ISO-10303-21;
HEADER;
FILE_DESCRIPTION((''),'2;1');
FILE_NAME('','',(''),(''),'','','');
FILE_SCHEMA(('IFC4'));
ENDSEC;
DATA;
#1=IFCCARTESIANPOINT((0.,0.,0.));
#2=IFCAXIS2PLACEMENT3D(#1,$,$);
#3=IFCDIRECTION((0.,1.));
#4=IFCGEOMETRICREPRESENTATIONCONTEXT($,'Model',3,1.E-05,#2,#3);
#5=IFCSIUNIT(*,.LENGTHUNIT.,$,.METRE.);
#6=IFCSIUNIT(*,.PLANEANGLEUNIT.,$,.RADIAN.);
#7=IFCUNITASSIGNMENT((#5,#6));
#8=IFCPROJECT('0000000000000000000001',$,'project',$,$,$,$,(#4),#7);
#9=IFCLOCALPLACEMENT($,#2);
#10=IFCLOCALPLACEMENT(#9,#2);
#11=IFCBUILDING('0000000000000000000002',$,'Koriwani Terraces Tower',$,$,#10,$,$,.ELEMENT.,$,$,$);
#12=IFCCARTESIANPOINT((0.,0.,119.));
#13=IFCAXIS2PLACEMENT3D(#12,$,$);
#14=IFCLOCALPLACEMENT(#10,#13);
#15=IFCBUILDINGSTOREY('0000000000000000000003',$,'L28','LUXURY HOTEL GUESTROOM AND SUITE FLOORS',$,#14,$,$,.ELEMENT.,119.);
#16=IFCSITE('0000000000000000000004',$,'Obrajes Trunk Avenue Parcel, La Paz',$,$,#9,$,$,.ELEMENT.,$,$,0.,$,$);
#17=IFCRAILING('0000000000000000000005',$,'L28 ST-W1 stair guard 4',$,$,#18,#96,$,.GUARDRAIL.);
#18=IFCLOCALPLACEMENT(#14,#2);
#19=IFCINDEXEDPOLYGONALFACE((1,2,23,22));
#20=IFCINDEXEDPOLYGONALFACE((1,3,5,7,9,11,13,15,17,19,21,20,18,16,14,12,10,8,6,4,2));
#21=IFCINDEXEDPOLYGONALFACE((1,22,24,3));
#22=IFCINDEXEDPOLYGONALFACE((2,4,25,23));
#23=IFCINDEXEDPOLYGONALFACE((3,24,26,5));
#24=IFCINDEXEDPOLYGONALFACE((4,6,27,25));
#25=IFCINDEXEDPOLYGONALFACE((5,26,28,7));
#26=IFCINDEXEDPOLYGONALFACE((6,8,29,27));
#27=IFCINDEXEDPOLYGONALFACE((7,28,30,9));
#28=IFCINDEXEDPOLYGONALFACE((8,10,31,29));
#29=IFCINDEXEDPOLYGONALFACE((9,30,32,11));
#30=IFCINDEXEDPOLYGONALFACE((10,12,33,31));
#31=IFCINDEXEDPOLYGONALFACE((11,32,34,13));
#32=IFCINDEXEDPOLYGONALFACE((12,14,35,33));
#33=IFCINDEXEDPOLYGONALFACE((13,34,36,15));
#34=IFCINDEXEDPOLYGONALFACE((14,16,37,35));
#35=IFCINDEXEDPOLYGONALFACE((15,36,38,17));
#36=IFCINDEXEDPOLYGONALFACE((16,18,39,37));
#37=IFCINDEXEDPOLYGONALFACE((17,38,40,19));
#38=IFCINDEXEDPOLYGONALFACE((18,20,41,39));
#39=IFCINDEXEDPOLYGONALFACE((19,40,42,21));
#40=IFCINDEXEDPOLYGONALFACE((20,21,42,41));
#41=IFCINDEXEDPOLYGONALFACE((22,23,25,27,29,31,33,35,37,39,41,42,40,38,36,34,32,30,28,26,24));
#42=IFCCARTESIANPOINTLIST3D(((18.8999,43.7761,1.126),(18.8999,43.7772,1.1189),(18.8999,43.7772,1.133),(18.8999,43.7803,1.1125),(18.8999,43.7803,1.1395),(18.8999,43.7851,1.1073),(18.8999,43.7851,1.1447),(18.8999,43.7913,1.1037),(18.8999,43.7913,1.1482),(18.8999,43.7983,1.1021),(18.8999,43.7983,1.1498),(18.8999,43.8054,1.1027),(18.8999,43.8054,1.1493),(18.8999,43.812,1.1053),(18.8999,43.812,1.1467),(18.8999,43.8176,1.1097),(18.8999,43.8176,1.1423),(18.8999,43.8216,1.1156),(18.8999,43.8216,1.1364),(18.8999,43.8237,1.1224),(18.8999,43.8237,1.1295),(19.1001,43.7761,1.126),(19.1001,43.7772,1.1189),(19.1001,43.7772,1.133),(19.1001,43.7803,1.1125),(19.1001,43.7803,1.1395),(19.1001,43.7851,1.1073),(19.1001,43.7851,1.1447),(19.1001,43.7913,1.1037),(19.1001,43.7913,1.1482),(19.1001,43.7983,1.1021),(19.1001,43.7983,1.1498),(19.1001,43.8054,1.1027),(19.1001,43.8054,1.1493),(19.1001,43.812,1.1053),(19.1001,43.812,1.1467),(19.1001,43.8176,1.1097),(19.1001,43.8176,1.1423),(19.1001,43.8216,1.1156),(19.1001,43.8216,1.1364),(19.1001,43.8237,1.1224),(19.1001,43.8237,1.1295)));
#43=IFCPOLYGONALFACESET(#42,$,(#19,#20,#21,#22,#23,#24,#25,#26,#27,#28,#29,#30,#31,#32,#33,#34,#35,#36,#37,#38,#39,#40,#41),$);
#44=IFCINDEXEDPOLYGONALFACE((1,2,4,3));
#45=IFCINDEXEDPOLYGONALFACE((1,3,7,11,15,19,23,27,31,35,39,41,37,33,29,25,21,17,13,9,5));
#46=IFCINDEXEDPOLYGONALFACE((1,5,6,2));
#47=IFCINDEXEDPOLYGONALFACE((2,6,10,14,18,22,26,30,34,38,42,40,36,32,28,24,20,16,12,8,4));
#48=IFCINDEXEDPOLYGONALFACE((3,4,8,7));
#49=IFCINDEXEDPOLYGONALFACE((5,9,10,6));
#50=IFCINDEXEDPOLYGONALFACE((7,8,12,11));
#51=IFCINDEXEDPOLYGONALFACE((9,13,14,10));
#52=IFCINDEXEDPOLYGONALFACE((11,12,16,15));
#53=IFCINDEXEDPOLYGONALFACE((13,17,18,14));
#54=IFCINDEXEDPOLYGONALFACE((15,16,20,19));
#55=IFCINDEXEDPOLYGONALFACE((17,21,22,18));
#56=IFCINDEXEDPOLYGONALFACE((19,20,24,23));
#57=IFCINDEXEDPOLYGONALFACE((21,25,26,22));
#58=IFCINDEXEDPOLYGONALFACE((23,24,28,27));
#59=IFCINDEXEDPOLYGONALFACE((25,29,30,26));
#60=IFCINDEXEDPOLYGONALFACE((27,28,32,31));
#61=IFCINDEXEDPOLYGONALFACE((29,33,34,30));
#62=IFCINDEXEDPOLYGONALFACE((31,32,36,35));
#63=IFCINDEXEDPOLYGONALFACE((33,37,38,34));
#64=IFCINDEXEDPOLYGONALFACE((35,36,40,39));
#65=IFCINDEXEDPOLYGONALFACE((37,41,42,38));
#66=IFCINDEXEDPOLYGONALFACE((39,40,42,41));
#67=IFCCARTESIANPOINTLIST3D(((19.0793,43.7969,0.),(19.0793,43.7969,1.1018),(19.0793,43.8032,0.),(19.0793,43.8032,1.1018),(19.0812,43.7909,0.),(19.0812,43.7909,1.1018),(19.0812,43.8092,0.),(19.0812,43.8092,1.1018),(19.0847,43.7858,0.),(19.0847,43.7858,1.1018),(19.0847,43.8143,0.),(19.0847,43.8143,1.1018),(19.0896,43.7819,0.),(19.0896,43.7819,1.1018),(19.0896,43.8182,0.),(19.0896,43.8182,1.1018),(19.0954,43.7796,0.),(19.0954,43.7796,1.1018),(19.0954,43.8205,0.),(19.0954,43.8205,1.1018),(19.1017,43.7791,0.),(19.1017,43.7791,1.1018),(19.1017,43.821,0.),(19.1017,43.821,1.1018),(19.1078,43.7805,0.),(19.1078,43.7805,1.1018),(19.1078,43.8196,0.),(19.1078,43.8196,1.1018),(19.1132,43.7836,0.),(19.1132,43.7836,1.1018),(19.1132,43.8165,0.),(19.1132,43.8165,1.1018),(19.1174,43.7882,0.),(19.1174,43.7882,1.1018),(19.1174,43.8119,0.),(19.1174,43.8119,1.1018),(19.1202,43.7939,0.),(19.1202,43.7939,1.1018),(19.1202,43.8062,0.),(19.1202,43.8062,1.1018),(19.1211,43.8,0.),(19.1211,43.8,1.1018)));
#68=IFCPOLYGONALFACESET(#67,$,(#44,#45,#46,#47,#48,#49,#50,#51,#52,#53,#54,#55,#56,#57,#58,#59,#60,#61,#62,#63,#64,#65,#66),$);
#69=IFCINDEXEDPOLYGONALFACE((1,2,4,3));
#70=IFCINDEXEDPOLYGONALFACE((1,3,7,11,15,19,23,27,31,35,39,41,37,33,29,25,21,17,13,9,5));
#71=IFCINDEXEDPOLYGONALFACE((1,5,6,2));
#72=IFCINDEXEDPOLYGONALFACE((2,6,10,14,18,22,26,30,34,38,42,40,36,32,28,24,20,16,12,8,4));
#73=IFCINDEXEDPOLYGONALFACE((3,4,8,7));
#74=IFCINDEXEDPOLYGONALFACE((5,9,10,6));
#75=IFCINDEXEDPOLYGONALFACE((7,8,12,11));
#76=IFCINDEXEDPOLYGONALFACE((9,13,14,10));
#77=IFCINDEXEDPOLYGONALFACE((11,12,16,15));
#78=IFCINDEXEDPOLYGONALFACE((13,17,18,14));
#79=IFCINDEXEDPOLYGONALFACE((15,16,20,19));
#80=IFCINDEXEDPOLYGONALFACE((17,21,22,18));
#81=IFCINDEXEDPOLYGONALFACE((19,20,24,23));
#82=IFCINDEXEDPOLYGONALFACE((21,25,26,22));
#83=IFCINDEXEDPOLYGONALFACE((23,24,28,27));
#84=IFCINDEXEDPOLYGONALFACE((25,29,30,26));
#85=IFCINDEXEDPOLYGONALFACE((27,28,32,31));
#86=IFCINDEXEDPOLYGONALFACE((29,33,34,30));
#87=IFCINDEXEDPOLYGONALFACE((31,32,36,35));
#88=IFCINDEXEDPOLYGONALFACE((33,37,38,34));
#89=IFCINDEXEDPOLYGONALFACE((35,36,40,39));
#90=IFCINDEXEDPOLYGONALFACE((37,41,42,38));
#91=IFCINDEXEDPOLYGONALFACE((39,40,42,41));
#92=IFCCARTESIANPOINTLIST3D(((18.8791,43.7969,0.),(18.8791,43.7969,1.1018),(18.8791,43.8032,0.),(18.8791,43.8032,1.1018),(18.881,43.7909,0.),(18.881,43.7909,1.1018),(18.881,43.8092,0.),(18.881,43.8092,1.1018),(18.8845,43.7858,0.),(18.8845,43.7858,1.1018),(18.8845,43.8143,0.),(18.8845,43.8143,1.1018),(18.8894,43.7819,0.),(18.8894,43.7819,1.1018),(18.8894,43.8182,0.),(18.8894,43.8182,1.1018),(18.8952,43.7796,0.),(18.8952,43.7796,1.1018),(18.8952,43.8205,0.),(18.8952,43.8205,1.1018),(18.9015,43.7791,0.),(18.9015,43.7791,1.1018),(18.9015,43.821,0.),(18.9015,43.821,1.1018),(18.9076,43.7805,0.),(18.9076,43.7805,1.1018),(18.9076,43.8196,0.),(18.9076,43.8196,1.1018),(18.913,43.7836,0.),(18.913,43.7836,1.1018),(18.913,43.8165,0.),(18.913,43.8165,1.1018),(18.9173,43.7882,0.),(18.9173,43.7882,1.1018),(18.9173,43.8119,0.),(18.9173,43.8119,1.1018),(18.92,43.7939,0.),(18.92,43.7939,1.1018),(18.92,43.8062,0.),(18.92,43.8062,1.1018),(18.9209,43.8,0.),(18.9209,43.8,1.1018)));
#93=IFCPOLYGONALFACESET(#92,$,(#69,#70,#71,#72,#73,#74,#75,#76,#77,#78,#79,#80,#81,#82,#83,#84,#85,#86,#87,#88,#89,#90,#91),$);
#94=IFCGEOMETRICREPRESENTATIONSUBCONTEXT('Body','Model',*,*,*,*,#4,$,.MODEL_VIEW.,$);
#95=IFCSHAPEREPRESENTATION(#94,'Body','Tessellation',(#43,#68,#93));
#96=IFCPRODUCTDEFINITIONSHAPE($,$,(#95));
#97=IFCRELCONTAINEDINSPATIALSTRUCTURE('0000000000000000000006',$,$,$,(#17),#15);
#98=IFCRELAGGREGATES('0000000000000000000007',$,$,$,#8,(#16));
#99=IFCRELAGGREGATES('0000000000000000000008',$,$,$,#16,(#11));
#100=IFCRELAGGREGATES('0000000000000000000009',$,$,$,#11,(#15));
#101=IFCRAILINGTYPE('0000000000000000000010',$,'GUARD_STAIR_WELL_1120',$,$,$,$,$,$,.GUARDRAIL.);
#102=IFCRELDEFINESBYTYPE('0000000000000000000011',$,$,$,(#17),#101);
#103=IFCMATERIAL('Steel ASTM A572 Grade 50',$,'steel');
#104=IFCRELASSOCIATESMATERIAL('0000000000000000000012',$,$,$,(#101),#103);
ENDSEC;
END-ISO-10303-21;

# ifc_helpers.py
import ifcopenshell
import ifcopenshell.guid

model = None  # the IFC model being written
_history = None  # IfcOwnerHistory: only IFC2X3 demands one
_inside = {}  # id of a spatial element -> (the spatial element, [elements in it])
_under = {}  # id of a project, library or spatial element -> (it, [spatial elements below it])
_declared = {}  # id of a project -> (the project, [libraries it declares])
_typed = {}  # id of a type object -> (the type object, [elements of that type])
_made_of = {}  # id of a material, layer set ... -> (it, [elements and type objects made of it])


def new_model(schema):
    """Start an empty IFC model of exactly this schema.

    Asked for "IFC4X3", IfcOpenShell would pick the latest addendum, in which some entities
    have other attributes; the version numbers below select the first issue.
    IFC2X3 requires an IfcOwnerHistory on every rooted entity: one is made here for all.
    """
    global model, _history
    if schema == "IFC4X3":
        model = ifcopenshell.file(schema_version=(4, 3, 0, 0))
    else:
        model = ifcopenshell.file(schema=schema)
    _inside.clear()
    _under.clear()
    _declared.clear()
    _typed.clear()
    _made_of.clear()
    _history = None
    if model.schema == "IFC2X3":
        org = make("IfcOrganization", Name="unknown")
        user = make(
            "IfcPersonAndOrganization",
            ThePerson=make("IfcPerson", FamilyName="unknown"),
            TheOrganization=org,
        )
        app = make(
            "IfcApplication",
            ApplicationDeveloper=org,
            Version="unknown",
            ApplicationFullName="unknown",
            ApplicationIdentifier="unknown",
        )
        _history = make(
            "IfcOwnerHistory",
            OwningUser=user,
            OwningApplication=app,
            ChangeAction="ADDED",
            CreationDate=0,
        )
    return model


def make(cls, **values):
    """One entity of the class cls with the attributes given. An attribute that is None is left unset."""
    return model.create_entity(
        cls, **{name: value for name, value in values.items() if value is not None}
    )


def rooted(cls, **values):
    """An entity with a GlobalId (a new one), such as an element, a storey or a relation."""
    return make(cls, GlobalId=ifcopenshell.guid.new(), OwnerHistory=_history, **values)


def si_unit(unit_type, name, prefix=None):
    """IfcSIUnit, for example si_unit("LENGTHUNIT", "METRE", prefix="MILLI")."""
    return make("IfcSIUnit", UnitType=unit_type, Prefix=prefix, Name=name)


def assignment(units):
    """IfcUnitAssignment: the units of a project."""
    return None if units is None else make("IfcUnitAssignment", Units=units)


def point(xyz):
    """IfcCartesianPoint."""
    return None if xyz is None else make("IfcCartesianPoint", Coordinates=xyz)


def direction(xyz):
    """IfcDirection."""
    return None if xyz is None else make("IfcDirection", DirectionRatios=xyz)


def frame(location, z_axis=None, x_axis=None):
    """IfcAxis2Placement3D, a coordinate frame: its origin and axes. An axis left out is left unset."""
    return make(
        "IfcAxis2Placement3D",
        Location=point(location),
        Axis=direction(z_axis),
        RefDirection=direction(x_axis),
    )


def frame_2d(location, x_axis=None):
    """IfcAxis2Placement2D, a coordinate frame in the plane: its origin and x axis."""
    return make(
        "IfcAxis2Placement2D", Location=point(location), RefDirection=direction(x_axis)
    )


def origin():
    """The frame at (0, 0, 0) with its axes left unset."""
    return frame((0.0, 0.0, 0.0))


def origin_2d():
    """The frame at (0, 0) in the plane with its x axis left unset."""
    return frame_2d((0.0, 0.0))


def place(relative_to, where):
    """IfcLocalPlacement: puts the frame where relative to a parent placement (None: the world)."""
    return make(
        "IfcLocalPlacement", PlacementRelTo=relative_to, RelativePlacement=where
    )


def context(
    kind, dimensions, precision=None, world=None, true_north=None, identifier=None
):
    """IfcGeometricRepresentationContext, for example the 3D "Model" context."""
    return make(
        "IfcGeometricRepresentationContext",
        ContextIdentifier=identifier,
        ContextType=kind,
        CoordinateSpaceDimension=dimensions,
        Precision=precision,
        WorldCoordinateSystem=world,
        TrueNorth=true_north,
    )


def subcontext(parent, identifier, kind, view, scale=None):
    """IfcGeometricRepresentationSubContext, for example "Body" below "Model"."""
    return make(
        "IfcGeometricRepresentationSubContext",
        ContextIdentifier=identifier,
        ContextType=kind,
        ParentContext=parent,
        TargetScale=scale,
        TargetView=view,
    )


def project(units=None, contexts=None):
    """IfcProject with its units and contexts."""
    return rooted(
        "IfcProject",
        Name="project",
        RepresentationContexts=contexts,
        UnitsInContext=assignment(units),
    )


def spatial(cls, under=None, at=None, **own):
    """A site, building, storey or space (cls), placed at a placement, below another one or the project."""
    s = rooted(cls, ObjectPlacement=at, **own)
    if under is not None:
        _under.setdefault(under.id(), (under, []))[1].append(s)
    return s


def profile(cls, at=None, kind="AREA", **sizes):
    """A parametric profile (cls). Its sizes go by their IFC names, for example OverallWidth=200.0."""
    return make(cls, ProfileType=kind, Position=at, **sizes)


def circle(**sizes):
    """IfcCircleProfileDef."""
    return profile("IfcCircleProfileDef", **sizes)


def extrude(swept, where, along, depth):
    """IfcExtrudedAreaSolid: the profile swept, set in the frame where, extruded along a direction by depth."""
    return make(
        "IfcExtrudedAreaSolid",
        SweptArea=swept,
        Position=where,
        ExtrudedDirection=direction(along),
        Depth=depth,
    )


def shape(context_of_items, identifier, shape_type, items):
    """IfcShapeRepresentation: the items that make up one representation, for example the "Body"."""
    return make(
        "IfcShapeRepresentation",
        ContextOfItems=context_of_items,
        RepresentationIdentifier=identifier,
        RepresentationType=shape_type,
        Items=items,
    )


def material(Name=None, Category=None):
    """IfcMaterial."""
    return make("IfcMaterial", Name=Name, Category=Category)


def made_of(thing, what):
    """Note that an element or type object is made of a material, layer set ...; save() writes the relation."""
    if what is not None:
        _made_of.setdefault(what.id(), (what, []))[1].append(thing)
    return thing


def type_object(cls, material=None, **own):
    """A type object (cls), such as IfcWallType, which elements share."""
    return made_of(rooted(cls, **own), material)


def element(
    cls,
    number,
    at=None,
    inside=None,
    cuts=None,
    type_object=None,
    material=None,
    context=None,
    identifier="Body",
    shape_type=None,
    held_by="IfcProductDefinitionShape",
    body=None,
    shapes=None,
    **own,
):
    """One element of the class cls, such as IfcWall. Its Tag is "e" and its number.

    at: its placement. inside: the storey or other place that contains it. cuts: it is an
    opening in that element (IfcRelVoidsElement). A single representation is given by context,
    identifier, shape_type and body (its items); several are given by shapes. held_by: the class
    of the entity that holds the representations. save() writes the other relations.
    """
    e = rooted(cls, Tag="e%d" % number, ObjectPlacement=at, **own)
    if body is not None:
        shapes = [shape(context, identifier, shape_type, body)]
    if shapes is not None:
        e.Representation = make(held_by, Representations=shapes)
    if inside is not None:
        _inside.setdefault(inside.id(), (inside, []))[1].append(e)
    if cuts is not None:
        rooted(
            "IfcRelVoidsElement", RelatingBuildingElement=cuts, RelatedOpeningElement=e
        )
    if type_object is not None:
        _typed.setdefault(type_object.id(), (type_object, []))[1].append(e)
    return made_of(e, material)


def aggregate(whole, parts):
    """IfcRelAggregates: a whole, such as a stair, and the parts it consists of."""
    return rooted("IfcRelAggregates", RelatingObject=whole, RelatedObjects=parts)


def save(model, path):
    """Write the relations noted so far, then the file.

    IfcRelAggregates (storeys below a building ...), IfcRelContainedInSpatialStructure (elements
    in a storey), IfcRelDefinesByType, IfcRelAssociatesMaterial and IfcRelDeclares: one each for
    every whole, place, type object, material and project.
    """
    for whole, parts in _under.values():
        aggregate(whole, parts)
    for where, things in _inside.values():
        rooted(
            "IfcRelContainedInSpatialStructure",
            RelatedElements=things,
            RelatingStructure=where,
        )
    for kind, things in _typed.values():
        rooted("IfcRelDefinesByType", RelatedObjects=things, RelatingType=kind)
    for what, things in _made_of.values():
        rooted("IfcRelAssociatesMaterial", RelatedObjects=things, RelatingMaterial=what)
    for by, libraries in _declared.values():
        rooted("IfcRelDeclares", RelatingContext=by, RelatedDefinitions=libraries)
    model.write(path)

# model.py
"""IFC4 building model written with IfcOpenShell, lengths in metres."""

from ifc_helpers import new_model, si_unit, direction, frame, origin, origin_2d, place, context, subcontext, project, spatial, circle, extrude, material, type_object, element, save


model = new_model("IFC4")

# Units and contexts
model_context = context("Model", 3, precision=1e-05, world=origin(), true_north=direction((0.0, 1.0)))
body_context = subcontext(model_context, "Body", "Model", "MODEL_VIEW")
ifc_project = project(units=[si_unit("LENGTHUNIT", "METRE"), si_unit("PLANEANGLEUNIT", "RADIAN")], contexts=[model_context])

# Site, building, storey
site_placement = place(None, origin())
site = spatial("IfcSite", under=ifc_project, at=site_placement, Name="Obrajes Trunk Avenue Parcel, La Paz", CompositionType="ELEMENT", RefElevation=0.0)
building_placement = place(site_placement, origin())
building = spatial("IfcBuilding", under=site, at=building_placement, Name="Koriwani Terraces Tower", CompositionType="ELEMENT")
storey_placement = place(building_placement, frame((0.0, 0.0, 119.0)))
storey = spatial("IfcBuildingStorey", under=building, at=storey_placement, Name="L28", Description="LUXURY HOTEL GUESTROOM AND SUITE FLOORS", CompositionType="ELEMENT", Elevation=119.0)

# Shared definitions
ifc_material_1 = material(Name="Steel ASTM A572 Grade 50", Category="steel")

# Railing
railing_type_1 = type_object("IfcRailingType", Name="GUARD_STAIR_WELL_1120", PredefinedType="GUARDRAIL", material=ifc_material_1)
railing_1_placement = place(storey_placement, frame((19.1001, 43.8, 0.0)))
element("IfcRailing", 1, at=railing_1_placement, inside=storey, type_object=railing_type_1, Name="L28 ST-W1 stair guard 4", PredefinedType="GUARDRAIL", context=body_context, shape_type="SweptSolid", body=[
    extrude(circle(Radius=0.0239, at=origin_2d()), frame((0.0, 0.0, 1.126), z_axis=(-1.0, 0.0, 0.0), x_axis=(0.0, -1.0, 0.0)), (0.0, 0.0, 1.0), 0.2002),
    extrude(circle(Radius=0.021, at=origin_2d()), origin(), (0.0, 0.0, 1.0), 1.1018),
    extrude(circle(Radius=0.021, at=origin_2d()), frame((-0.2002, 0.0, 0.0)), (0.0, 0.0, 1.0), 1.1018),
])

save(model, "model.ifc")
